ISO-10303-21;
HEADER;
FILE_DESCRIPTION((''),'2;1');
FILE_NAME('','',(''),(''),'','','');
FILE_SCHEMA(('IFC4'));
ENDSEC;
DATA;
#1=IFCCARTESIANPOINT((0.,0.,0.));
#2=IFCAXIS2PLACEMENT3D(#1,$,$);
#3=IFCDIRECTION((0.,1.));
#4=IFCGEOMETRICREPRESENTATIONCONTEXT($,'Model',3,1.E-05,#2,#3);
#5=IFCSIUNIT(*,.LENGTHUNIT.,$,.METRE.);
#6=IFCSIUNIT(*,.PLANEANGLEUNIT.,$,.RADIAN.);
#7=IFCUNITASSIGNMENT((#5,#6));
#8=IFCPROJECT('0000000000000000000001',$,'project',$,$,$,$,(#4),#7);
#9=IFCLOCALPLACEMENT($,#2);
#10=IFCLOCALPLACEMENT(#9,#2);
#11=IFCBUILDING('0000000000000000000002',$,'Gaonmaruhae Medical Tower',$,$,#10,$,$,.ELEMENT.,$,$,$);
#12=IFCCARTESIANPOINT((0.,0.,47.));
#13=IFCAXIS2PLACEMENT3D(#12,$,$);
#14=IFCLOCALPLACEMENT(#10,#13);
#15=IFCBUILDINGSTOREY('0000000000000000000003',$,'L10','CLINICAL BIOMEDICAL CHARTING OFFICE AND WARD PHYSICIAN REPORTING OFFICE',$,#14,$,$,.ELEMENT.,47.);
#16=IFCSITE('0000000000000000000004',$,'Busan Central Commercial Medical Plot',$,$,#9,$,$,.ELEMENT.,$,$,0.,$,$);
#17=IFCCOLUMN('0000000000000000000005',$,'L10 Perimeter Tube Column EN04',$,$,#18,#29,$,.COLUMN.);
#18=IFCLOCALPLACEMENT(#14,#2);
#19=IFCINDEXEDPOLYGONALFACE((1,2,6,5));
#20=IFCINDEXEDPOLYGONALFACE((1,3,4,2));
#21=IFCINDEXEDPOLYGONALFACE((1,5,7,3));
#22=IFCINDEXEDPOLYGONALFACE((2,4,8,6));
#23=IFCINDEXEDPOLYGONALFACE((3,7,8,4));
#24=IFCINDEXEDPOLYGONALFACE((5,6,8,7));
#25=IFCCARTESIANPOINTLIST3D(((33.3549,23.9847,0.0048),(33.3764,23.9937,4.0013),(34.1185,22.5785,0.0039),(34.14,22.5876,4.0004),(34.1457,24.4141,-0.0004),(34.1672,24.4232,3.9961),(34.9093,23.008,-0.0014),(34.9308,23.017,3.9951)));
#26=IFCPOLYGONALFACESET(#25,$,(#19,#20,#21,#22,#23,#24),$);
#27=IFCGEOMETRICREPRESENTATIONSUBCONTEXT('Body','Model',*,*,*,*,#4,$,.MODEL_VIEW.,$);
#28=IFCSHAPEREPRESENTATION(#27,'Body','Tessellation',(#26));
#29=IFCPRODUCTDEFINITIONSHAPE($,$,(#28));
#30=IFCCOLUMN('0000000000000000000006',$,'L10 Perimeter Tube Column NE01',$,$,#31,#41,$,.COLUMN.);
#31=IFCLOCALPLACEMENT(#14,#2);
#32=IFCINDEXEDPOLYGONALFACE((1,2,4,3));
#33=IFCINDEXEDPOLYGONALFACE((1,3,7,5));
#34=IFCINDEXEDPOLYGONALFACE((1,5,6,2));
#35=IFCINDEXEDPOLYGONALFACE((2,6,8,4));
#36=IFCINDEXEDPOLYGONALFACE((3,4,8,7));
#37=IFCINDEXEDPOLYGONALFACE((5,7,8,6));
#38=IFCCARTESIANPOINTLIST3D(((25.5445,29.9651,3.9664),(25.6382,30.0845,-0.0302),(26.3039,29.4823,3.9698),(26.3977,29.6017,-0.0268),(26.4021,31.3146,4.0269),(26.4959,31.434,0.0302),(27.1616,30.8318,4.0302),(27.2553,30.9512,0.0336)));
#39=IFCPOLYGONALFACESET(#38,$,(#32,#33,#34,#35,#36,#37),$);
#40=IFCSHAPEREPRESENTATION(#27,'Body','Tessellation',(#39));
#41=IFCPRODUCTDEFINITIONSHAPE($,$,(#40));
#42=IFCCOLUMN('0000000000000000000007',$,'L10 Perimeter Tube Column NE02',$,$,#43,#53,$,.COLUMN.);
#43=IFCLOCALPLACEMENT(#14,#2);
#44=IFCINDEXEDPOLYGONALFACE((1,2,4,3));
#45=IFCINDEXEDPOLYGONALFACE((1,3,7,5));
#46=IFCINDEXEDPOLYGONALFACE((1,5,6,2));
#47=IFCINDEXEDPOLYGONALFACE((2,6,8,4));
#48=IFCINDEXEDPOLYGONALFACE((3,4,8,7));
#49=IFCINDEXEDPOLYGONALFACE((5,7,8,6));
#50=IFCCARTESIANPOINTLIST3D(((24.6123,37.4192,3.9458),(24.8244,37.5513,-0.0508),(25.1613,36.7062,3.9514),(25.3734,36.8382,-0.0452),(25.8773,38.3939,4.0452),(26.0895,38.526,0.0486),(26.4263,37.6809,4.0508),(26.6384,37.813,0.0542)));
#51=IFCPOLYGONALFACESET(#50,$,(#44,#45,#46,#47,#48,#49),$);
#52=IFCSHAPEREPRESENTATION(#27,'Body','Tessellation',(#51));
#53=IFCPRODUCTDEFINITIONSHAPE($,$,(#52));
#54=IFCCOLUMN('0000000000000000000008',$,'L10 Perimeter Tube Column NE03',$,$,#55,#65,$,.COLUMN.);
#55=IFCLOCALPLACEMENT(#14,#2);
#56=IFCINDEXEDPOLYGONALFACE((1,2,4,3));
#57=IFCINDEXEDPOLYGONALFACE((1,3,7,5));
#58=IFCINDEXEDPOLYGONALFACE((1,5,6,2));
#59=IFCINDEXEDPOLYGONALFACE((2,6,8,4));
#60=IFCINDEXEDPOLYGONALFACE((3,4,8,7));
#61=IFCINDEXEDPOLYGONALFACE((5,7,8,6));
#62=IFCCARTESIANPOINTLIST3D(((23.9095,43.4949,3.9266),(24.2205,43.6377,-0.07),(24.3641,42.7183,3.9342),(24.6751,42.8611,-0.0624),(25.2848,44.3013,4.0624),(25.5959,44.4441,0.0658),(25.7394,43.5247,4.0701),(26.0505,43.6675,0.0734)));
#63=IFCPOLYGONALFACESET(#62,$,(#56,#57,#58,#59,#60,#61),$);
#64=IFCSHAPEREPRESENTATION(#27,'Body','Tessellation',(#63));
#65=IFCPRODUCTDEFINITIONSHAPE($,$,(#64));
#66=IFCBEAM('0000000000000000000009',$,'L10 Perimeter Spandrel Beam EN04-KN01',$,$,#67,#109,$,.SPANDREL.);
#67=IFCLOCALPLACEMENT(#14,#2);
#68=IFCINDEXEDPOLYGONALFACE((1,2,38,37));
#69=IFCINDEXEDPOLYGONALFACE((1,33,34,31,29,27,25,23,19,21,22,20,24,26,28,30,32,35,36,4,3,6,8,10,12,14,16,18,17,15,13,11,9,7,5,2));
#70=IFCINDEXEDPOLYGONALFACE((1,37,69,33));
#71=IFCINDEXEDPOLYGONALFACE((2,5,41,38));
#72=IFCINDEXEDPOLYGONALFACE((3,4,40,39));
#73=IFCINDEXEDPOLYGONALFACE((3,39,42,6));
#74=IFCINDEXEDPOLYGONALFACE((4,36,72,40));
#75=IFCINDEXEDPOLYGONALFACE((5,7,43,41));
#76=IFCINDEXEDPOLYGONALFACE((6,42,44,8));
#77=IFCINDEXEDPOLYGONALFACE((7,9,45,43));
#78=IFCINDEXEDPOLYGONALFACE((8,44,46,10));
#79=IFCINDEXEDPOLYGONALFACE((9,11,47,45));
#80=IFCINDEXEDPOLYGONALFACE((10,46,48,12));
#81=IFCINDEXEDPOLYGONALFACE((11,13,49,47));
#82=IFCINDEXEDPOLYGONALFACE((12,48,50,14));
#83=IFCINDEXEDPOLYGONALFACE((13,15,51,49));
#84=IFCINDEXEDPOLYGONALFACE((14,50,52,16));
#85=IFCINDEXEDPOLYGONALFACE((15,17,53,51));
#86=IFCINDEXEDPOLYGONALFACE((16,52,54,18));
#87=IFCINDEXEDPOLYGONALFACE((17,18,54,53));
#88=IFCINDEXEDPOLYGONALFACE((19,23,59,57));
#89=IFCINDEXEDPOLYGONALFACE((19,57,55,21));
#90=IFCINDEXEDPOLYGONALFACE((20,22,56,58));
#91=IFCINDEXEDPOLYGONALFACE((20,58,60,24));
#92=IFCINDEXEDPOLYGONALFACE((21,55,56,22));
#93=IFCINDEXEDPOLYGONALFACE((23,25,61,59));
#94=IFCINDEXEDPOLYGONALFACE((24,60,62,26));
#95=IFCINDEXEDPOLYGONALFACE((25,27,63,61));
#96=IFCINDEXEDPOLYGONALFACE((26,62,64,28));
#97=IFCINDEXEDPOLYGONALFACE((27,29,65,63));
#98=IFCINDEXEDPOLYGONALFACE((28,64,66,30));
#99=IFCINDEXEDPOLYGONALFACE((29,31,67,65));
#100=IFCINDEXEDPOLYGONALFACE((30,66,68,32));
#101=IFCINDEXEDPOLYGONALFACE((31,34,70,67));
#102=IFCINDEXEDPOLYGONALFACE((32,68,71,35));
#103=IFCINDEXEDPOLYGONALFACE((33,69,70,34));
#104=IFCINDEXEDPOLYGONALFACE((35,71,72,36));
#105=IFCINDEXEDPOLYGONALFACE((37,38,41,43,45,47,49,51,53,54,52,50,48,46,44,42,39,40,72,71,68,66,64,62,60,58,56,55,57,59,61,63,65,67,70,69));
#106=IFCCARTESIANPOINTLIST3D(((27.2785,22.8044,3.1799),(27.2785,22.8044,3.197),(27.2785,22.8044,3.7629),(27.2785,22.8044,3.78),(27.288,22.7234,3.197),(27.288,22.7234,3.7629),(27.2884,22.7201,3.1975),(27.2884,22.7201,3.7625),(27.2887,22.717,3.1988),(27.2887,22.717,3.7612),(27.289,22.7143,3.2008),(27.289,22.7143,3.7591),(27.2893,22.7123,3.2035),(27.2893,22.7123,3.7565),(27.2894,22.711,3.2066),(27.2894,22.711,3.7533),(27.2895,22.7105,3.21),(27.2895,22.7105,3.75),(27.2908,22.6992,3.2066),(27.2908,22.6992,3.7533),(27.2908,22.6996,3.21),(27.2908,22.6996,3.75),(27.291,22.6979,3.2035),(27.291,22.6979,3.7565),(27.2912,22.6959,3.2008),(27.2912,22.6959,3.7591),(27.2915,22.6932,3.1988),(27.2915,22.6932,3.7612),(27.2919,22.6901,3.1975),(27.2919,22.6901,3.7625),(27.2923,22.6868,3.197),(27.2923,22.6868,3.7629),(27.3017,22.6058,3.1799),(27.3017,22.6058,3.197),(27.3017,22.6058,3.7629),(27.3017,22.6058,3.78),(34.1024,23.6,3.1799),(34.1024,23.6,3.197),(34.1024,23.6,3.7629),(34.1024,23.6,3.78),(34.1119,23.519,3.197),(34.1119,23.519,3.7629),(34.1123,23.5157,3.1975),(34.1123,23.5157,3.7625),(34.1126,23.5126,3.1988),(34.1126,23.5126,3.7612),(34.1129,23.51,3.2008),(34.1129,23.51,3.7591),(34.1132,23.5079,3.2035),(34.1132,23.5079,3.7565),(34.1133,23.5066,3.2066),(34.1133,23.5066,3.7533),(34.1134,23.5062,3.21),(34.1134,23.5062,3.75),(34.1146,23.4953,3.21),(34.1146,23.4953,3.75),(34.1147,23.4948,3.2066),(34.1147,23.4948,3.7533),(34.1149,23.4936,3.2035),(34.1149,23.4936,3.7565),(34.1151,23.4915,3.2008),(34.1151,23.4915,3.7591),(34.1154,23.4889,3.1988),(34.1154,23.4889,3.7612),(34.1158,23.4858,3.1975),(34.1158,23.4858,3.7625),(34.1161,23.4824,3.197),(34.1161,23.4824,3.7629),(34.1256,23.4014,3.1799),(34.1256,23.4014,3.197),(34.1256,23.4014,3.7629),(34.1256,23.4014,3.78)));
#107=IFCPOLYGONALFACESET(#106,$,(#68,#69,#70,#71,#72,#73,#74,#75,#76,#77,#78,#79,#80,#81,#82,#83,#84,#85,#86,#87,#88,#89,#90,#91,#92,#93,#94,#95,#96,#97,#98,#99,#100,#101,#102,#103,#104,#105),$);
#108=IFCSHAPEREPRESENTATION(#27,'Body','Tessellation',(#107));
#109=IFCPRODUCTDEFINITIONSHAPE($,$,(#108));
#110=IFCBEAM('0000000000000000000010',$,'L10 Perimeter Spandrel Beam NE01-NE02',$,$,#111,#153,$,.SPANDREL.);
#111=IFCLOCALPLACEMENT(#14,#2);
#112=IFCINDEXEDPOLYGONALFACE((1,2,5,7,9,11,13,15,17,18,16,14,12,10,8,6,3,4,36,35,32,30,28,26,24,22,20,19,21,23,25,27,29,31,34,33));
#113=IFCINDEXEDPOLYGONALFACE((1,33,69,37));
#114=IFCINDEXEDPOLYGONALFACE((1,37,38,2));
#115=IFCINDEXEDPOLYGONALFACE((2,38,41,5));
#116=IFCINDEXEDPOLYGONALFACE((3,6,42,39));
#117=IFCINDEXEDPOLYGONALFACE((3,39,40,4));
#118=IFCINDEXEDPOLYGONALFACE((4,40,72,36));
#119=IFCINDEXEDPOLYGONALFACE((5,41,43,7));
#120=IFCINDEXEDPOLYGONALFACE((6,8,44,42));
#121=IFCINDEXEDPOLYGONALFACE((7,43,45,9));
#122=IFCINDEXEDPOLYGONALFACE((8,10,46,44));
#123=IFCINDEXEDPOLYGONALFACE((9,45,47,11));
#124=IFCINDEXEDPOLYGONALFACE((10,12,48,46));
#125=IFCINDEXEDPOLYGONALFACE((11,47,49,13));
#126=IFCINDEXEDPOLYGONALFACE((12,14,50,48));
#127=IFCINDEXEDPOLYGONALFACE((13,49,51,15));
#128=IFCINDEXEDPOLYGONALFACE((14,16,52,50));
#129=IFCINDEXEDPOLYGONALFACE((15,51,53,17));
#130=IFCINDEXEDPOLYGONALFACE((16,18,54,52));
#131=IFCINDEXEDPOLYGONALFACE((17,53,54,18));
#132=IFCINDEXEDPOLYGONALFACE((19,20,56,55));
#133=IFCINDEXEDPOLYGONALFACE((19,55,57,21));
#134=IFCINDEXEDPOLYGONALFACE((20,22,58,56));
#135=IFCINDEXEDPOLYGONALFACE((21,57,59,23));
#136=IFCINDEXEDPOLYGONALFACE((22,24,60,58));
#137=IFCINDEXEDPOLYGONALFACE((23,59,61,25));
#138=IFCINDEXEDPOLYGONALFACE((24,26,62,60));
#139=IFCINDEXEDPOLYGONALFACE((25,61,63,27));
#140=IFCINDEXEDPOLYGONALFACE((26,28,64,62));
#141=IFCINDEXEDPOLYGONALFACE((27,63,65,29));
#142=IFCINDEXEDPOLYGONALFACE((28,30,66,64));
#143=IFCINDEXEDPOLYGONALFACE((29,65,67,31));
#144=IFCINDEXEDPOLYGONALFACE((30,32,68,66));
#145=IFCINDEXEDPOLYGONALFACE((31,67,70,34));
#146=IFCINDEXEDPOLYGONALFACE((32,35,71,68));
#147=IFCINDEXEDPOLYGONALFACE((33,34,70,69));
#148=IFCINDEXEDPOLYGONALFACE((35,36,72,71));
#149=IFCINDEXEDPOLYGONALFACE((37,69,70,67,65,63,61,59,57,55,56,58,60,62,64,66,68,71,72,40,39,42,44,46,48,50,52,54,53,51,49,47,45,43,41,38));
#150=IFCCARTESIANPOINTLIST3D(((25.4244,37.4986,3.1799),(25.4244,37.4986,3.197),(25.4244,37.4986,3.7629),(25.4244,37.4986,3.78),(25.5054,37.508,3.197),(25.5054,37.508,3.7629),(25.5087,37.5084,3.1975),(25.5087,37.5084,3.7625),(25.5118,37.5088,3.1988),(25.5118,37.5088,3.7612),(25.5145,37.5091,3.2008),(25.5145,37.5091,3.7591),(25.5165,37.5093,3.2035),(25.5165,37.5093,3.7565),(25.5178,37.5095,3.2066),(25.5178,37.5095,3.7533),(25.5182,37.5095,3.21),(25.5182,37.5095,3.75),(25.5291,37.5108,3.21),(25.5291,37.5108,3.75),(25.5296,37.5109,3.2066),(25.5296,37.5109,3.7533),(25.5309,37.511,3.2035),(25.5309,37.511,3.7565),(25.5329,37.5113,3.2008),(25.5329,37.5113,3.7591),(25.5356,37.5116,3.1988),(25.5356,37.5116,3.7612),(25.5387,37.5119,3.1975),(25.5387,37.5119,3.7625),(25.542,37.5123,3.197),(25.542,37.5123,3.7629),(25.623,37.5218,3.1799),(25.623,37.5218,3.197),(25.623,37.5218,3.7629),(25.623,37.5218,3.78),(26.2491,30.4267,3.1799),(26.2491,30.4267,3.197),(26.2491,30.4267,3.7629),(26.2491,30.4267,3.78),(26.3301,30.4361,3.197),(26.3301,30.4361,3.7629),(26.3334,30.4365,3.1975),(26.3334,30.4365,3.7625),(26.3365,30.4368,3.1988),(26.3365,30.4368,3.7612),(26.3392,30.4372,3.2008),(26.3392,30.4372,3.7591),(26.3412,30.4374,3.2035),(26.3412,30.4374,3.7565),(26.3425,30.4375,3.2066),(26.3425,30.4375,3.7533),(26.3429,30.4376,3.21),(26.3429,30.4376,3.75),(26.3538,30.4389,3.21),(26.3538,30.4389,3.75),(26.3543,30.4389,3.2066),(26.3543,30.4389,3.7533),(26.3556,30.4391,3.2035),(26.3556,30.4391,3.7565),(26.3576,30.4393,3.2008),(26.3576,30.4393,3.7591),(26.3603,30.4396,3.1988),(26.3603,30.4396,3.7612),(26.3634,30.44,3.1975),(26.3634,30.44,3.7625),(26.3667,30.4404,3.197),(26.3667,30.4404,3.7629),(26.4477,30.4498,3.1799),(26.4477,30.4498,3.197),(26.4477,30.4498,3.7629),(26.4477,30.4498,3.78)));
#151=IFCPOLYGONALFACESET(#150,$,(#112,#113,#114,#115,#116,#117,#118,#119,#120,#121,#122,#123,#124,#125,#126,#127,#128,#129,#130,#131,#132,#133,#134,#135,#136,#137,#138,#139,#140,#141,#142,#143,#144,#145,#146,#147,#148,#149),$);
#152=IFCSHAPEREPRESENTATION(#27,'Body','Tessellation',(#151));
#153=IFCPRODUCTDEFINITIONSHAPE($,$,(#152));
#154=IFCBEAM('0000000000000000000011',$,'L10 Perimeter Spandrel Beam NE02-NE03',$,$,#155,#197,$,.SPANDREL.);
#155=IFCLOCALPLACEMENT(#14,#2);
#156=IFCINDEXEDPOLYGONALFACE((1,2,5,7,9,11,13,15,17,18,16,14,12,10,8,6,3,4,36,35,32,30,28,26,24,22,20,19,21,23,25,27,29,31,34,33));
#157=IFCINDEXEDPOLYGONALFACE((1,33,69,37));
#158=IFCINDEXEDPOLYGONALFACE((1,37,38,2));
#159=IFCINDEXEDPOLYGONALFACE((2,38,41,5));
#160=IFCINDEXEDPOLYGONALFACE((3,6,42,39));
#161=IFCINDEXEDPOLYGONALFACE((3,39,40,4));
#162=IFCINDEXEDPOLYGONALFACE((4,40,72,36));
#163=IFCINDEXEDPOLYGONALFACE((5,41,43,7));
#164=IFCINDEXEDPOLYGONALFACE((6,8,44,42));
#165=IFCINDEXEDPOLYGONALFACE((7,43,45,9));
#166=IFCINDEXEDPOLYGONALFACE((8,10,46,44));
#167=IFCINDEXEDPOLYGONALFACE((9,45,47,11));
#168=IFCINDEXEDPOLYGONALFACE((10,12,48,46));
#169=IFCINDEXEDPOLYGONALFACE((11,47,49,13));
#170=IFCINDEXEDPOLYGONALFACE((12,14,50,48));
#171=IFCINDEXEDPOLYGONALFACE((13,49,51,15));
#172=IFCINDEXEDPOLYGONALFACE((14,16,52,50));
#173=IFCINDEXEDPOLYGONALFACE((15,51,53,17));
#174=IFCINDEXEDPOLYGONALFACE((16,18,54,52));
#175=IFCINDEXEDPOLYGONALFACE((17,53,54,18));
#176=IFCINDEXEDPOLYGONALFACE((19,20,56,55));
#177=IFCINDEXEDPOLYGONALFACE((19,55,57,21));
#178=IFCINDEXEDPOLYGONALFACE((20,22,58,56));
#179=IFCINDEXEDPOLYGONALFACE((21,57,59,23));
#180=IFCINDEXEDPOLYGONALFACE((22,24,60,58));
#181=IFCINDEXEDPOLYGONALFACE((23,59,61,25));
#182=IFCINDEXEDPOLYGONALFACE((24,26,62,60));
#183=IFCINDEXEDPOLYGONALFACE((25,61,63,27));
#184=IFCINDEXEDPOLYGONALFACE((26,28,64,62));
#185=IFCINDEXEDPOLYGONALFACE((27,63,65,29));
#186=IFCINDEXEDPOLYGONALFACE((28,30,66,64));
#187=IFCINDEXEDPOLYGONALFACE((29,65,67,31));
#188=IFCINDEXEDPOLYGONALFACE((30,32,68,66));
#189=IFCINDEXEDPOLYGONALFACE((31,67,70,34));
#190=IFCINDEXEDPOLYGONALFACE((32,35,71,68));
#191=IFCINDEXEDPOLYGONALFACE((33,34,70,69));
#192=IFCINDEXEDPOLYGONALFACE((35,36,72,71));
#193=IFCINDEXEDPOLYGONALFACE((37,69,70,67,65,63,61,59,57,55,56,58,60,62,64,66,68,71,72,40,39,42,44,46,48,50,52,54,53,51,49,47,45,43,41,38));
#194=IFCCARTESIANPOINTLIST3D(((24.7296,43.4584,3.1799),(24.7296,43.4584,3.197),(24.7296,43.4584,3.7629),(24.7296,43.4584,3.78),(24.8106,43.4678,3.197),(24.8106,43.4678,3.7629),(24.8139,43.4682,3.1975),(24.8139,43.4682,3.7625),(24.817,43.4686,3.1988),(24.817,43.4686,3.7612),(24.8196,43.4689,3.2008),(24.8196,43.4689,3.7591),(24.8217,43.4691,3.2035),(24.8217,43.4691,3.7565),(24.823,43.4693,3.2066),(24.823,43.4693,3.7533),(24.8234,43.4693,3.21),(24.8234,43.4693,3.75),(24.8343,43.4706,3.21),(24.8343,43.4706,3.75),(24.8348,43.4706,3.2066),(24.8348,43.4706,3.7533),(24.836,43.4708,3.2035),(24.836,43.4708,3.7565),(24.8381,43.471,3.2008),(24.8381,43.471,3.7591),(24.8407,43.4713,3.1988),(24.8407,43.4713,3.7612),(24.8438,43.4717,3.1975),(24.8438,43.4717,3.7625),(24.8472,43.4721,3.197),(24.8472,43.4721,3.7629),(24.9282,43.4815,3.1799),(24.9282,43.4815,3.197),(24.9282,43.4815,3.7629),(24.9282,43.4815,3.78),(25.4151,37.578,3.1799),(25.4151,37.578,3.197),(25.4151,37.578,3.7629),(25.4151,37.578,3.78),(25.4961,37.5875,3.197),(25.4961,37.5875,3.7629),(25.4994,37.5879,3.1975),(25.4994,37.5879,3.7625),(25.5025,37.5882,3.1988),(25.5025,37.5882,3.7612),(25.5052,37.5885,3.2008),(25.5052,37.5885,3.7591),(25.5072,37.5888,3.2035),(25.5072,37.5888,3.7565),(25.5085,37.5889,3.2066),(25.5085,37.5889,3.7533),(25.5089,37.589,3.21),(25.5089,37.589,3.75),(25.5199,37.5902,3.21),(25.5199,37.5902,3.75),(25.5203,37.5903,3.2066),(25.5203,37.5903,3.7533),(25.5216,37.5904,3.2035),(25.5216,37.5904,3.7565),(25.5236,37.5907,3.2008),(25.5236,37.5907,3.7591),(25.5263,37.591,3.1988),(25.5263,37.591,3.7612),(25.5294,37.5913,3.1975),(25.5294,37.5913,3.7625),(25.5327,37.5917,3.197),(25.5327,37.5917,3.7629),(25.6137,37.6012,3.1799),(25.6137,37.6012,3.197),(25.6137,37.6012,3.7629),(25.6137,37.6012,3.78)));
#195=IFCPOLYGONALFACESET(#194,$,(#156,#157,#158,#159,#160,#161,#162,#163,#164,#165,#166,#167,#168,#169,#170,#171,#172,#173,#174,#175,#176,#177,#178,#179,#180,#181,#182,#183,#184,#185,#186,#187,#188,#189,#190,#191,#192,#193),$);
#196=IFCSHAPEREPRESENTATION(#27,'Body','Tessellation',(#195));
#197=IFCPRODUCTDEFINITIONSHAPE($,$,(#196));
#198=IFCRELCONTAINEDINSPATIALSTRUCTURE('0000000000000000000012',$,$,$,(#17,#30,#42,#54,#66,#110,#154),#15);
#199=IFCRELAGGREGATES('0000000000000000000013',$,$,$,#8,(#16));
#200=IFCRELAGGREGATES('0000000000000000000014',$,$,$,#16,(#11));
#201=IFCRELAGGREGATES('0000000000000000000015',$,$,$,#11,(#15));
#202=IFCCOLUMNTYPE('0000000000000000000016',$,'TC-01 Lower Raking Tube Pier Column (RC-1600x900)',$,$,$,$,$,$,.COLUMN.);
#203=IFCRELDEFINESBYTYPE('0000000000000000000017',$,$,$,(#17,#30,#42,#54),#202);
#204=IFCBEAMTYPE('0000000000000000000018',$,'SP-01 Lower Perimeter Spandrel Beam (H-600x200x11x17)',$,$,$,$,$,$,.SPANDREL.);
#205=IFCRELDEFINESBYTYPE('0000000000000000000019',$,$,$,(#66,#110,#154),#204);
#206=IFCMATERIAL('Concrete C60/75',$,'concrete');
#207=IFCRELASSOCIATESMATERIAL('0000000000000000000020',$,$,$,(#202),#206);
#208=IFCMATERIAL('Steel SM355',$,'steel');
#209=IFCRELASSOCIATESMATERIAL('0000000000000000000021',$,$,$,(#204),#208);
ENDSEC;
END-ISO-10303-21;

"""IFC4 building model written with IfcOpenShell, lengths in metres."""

from ifc_helpers import new_model, si_unit, direction, frame, origin, origin_2d, place, context, subcontext, project, spatial, rectangle, i_section, extrude, material, material_profile, profile_set, type_object, element, save


model = new_model("IFC4")

# Units and contexts
model_context = context("Model", 3, precision=1e-05, world=origin(), true_north=direction((0.0, 1.0)))
body_context = subcontext(model_context, "Body", "Model", "MODEL_VIEW")
ifc_project = project(units=[si_unit("LENGTHUNIT", "METRE"), si_unit("PLANEANGLEUNIT", "RADIAN")], contexts=[model_context])

# Site, building, storey
site_placement = place(None, origin())
site = spatial("IfcSite", under=ifc_project, at=site_placement, Name="Busan Central Commercial Medical Plot", CompositionType="ELEMENT", RefElevation=0.0)
building_placement = place(site_placement, origin())
building = spatial("IfcBuilding", under=site, at=building_placement, Name="Gaonmaruhae Medical Tower", CompositionType="ELEMENT")
storey_placement = place(building_placement, frame((0.0, 0.0, 47.0)))
storey = spatial("IfcBuildingStorey", under=building, at=storey_placement, Name="L10", Description="CLINICAL BIOMEDICAL CHARTING OFFICE AND WARD PHYSICIAN REPORTING OFFICE", CompositionType="ELEMENT", Elevation=47.0)

# Columns
ifc_material_1 = material(Name="Concrete C60/75", Category="concrete")
ifc_material_profile_1 = material_profile(ifc_material_1, rectangle(XDim=1.6001, YDim=0.8999, at=origin_2d()), Name="RC-1600x900")
ifc_profile_set_1 = profile_set([ifc_material_profile_1], Name="Concrete C60/75")
column_type = type_object("IfcColumnType", Name="TC-01 Lower Raking Tube Pier Column (RC-1600x900)", PredefinedType="COLUMN", material=ifc_profile_set_1)
column_1_placement = place(storey_placement, frame((34.1321, 23.4963, 0.0017), z_axis=(0.005376, 0.00226, 0.999983), x_axis=(-0.477227, 0.87878, 0.000579)))
element("IfcColumn", 1, at=column_1_placement, inside=storey, type_object=column_type, Name="L10 Perimeter Tube Column EN04", PredefinedType="COLUMN", context=body_context, shape_type="SweptSolid", body=[
    extrude(rectangle(XDim=1.6001, YDim=0.8999, at=origin_2d()), origin(), (0.0, 0.0, 1.0), 3.9966),
])
column_2_placement = place(storey_placement, frame((26.4468, 30.5178, 0.0017), z_axis=(-0.023441, -0.02985, 0.999279), x_axis=(0.535998, 0.843374, 0.037766)))
element("IfcColumn", 2, at=column_2_placement, inside=storey, type_object=column_type, Name="L10 Perimeter Tube Column NE01", PredefinedType="COLUMN", context=body_context, shape_type="SweptSolid", body=[
    extrude(rectangle(XDim=1.6001, YDim=0.8999, at=origin_2d()), origin(), (0.0, 0.0, 1.0), 3.9995),
])
column_3_placement = place(storey_placement, frame((25.7314, 37.6821, 0.0017), z_axis=(-0.052981, -0.032984, 0.998051), x_axis=(0.790595, 0.609183, 0.062101)))
element("IfcColumn", 3, at=column_3_placement, inside=storey, type_object=column_type, Name="L10 Perimeter Tube Column NE02", PredefinedType="COLUMN", context=body_context, shape_type="SweptSolid", body=[
    extrude(rectangle(XDim=1.6001, YDim=0.8999, at=origin_2d()), origin(), (0.0, 0.0, 1.0), 4.0044),
])
column_4_placement = place(storey_placement, frame((25.1355, 43.6526, 0.0017), z_axis=(-0.077541, -0.035606, 0.996353), x_axis=(0.859535, 0.503975, 0.084904)))
element("IfcColumn", 4, at=column_4_placement, inside=storey, type_object=column_type, Name="L10 Perimeter Tube Column NE03", PredefinedType="COLUMN", context=body_context, shape_type="SweptSolid", body=[
    extrude(rectangle(XDim=1.6001, YDim=0.8999, at=origin_2d()), origin(), (0.0, 0.0, 1.0), 4.0112),
])

# Beams
ifc_material_2 = material(Name="Steel SM355", Category="steel")
ifc_material_profile_2 = material_profile(ifc_material_2, i_section(OverallWidth=0.2, OverallDepth=0.6001, WebThickness=0.011, FlangeThickness=0.0171, FilletRadius=0.0129, at=origin_2d()), Name="H-600x200x11x17")
ifc_profile_set_2 = profile_set([ifc_material_profile_2], Name="Steel SM355")
beam_type = type_object("IfcBeamType", Name="SP-01 Lower Perimeter Spandrel Beam (H-600x200x11x17)", PredefinedType="SPANDREL", material=ifc_profile_set_2)
beam_1_placement = place(storey_placement, frame((34.114, 23.5007, 3.48), z_axis=(-0.993271, -0.115812, 0.0), x_axis=(0.115812, -0.993271, 0.0)))
element("IfcBeam", 5, at=beam_1_placement, inside=storey, type_object=beam_type, Name="L10 Perimeter Spandrel Beam EN04-KN01", PredefinedType="SPANDREL", context=body_context, shape_type="SweptSolid", body=[
    extrude(i_section(OverallWidth=0.2, OverallDepth=0.6001, WebThickness=0.011, FlangeThickness=0.0171, FilletRadius=0.0129, at=origin_2d()), origin(), (0.0, 0.0, 1.0), 6.8701),
])
beam_2_placement = place(storey_placement, frame((26.3484, 30.4382, 3.48), z_axis=(-0.115831, 0.993269, 0.0), x_axis=(-0.993269, -0.115831, 0.0)))
element("IfcBeam", 6, at=beam_2_placement, inside=storey, type_object=beam_type, Name="L10 Perimeter Spandrel Beam NE01-NE02", PredefinedType="SPANDREL", context=body_context, shape_type="SweptSolid", body=[
    extrude(i_section(OverallWidth=0.2, OverallDepth=0.6001, WebThickness=0.011, FlangeThickness=0.0171, FilletRadius=0.0129, at=origin_2d()), origin(), (0.0, 0.0, 1.0), 7.1199),
])
beam_3_placement = place(storey_placement, frame((25.5144, 37.5896, 3.48), z_axis=(-0.115798, 0.993273, 0.0), x_axis=(-0.993273, -0.115798, 0.0)))
element("IfcBeam", 7, at=beam_3_placement, inside=storey, type_object=beam_type, Name="L10 Perimeter Spandrel Beam NE02-NE03", PredefinedType="SPANDREL", context=body_context, shape_type="SweptSolid", body=[
    extrude(i_section(OverallWidth=0.2, OverallDepth=0.6001, WebThickness=0.011, FlangeThickness=0.0171, FilletRadius=0.0129, at=origin_2d()), origin(), (0.0, 0.0, 1.0), 5.9202),
])

save(model, "model.ifc")
